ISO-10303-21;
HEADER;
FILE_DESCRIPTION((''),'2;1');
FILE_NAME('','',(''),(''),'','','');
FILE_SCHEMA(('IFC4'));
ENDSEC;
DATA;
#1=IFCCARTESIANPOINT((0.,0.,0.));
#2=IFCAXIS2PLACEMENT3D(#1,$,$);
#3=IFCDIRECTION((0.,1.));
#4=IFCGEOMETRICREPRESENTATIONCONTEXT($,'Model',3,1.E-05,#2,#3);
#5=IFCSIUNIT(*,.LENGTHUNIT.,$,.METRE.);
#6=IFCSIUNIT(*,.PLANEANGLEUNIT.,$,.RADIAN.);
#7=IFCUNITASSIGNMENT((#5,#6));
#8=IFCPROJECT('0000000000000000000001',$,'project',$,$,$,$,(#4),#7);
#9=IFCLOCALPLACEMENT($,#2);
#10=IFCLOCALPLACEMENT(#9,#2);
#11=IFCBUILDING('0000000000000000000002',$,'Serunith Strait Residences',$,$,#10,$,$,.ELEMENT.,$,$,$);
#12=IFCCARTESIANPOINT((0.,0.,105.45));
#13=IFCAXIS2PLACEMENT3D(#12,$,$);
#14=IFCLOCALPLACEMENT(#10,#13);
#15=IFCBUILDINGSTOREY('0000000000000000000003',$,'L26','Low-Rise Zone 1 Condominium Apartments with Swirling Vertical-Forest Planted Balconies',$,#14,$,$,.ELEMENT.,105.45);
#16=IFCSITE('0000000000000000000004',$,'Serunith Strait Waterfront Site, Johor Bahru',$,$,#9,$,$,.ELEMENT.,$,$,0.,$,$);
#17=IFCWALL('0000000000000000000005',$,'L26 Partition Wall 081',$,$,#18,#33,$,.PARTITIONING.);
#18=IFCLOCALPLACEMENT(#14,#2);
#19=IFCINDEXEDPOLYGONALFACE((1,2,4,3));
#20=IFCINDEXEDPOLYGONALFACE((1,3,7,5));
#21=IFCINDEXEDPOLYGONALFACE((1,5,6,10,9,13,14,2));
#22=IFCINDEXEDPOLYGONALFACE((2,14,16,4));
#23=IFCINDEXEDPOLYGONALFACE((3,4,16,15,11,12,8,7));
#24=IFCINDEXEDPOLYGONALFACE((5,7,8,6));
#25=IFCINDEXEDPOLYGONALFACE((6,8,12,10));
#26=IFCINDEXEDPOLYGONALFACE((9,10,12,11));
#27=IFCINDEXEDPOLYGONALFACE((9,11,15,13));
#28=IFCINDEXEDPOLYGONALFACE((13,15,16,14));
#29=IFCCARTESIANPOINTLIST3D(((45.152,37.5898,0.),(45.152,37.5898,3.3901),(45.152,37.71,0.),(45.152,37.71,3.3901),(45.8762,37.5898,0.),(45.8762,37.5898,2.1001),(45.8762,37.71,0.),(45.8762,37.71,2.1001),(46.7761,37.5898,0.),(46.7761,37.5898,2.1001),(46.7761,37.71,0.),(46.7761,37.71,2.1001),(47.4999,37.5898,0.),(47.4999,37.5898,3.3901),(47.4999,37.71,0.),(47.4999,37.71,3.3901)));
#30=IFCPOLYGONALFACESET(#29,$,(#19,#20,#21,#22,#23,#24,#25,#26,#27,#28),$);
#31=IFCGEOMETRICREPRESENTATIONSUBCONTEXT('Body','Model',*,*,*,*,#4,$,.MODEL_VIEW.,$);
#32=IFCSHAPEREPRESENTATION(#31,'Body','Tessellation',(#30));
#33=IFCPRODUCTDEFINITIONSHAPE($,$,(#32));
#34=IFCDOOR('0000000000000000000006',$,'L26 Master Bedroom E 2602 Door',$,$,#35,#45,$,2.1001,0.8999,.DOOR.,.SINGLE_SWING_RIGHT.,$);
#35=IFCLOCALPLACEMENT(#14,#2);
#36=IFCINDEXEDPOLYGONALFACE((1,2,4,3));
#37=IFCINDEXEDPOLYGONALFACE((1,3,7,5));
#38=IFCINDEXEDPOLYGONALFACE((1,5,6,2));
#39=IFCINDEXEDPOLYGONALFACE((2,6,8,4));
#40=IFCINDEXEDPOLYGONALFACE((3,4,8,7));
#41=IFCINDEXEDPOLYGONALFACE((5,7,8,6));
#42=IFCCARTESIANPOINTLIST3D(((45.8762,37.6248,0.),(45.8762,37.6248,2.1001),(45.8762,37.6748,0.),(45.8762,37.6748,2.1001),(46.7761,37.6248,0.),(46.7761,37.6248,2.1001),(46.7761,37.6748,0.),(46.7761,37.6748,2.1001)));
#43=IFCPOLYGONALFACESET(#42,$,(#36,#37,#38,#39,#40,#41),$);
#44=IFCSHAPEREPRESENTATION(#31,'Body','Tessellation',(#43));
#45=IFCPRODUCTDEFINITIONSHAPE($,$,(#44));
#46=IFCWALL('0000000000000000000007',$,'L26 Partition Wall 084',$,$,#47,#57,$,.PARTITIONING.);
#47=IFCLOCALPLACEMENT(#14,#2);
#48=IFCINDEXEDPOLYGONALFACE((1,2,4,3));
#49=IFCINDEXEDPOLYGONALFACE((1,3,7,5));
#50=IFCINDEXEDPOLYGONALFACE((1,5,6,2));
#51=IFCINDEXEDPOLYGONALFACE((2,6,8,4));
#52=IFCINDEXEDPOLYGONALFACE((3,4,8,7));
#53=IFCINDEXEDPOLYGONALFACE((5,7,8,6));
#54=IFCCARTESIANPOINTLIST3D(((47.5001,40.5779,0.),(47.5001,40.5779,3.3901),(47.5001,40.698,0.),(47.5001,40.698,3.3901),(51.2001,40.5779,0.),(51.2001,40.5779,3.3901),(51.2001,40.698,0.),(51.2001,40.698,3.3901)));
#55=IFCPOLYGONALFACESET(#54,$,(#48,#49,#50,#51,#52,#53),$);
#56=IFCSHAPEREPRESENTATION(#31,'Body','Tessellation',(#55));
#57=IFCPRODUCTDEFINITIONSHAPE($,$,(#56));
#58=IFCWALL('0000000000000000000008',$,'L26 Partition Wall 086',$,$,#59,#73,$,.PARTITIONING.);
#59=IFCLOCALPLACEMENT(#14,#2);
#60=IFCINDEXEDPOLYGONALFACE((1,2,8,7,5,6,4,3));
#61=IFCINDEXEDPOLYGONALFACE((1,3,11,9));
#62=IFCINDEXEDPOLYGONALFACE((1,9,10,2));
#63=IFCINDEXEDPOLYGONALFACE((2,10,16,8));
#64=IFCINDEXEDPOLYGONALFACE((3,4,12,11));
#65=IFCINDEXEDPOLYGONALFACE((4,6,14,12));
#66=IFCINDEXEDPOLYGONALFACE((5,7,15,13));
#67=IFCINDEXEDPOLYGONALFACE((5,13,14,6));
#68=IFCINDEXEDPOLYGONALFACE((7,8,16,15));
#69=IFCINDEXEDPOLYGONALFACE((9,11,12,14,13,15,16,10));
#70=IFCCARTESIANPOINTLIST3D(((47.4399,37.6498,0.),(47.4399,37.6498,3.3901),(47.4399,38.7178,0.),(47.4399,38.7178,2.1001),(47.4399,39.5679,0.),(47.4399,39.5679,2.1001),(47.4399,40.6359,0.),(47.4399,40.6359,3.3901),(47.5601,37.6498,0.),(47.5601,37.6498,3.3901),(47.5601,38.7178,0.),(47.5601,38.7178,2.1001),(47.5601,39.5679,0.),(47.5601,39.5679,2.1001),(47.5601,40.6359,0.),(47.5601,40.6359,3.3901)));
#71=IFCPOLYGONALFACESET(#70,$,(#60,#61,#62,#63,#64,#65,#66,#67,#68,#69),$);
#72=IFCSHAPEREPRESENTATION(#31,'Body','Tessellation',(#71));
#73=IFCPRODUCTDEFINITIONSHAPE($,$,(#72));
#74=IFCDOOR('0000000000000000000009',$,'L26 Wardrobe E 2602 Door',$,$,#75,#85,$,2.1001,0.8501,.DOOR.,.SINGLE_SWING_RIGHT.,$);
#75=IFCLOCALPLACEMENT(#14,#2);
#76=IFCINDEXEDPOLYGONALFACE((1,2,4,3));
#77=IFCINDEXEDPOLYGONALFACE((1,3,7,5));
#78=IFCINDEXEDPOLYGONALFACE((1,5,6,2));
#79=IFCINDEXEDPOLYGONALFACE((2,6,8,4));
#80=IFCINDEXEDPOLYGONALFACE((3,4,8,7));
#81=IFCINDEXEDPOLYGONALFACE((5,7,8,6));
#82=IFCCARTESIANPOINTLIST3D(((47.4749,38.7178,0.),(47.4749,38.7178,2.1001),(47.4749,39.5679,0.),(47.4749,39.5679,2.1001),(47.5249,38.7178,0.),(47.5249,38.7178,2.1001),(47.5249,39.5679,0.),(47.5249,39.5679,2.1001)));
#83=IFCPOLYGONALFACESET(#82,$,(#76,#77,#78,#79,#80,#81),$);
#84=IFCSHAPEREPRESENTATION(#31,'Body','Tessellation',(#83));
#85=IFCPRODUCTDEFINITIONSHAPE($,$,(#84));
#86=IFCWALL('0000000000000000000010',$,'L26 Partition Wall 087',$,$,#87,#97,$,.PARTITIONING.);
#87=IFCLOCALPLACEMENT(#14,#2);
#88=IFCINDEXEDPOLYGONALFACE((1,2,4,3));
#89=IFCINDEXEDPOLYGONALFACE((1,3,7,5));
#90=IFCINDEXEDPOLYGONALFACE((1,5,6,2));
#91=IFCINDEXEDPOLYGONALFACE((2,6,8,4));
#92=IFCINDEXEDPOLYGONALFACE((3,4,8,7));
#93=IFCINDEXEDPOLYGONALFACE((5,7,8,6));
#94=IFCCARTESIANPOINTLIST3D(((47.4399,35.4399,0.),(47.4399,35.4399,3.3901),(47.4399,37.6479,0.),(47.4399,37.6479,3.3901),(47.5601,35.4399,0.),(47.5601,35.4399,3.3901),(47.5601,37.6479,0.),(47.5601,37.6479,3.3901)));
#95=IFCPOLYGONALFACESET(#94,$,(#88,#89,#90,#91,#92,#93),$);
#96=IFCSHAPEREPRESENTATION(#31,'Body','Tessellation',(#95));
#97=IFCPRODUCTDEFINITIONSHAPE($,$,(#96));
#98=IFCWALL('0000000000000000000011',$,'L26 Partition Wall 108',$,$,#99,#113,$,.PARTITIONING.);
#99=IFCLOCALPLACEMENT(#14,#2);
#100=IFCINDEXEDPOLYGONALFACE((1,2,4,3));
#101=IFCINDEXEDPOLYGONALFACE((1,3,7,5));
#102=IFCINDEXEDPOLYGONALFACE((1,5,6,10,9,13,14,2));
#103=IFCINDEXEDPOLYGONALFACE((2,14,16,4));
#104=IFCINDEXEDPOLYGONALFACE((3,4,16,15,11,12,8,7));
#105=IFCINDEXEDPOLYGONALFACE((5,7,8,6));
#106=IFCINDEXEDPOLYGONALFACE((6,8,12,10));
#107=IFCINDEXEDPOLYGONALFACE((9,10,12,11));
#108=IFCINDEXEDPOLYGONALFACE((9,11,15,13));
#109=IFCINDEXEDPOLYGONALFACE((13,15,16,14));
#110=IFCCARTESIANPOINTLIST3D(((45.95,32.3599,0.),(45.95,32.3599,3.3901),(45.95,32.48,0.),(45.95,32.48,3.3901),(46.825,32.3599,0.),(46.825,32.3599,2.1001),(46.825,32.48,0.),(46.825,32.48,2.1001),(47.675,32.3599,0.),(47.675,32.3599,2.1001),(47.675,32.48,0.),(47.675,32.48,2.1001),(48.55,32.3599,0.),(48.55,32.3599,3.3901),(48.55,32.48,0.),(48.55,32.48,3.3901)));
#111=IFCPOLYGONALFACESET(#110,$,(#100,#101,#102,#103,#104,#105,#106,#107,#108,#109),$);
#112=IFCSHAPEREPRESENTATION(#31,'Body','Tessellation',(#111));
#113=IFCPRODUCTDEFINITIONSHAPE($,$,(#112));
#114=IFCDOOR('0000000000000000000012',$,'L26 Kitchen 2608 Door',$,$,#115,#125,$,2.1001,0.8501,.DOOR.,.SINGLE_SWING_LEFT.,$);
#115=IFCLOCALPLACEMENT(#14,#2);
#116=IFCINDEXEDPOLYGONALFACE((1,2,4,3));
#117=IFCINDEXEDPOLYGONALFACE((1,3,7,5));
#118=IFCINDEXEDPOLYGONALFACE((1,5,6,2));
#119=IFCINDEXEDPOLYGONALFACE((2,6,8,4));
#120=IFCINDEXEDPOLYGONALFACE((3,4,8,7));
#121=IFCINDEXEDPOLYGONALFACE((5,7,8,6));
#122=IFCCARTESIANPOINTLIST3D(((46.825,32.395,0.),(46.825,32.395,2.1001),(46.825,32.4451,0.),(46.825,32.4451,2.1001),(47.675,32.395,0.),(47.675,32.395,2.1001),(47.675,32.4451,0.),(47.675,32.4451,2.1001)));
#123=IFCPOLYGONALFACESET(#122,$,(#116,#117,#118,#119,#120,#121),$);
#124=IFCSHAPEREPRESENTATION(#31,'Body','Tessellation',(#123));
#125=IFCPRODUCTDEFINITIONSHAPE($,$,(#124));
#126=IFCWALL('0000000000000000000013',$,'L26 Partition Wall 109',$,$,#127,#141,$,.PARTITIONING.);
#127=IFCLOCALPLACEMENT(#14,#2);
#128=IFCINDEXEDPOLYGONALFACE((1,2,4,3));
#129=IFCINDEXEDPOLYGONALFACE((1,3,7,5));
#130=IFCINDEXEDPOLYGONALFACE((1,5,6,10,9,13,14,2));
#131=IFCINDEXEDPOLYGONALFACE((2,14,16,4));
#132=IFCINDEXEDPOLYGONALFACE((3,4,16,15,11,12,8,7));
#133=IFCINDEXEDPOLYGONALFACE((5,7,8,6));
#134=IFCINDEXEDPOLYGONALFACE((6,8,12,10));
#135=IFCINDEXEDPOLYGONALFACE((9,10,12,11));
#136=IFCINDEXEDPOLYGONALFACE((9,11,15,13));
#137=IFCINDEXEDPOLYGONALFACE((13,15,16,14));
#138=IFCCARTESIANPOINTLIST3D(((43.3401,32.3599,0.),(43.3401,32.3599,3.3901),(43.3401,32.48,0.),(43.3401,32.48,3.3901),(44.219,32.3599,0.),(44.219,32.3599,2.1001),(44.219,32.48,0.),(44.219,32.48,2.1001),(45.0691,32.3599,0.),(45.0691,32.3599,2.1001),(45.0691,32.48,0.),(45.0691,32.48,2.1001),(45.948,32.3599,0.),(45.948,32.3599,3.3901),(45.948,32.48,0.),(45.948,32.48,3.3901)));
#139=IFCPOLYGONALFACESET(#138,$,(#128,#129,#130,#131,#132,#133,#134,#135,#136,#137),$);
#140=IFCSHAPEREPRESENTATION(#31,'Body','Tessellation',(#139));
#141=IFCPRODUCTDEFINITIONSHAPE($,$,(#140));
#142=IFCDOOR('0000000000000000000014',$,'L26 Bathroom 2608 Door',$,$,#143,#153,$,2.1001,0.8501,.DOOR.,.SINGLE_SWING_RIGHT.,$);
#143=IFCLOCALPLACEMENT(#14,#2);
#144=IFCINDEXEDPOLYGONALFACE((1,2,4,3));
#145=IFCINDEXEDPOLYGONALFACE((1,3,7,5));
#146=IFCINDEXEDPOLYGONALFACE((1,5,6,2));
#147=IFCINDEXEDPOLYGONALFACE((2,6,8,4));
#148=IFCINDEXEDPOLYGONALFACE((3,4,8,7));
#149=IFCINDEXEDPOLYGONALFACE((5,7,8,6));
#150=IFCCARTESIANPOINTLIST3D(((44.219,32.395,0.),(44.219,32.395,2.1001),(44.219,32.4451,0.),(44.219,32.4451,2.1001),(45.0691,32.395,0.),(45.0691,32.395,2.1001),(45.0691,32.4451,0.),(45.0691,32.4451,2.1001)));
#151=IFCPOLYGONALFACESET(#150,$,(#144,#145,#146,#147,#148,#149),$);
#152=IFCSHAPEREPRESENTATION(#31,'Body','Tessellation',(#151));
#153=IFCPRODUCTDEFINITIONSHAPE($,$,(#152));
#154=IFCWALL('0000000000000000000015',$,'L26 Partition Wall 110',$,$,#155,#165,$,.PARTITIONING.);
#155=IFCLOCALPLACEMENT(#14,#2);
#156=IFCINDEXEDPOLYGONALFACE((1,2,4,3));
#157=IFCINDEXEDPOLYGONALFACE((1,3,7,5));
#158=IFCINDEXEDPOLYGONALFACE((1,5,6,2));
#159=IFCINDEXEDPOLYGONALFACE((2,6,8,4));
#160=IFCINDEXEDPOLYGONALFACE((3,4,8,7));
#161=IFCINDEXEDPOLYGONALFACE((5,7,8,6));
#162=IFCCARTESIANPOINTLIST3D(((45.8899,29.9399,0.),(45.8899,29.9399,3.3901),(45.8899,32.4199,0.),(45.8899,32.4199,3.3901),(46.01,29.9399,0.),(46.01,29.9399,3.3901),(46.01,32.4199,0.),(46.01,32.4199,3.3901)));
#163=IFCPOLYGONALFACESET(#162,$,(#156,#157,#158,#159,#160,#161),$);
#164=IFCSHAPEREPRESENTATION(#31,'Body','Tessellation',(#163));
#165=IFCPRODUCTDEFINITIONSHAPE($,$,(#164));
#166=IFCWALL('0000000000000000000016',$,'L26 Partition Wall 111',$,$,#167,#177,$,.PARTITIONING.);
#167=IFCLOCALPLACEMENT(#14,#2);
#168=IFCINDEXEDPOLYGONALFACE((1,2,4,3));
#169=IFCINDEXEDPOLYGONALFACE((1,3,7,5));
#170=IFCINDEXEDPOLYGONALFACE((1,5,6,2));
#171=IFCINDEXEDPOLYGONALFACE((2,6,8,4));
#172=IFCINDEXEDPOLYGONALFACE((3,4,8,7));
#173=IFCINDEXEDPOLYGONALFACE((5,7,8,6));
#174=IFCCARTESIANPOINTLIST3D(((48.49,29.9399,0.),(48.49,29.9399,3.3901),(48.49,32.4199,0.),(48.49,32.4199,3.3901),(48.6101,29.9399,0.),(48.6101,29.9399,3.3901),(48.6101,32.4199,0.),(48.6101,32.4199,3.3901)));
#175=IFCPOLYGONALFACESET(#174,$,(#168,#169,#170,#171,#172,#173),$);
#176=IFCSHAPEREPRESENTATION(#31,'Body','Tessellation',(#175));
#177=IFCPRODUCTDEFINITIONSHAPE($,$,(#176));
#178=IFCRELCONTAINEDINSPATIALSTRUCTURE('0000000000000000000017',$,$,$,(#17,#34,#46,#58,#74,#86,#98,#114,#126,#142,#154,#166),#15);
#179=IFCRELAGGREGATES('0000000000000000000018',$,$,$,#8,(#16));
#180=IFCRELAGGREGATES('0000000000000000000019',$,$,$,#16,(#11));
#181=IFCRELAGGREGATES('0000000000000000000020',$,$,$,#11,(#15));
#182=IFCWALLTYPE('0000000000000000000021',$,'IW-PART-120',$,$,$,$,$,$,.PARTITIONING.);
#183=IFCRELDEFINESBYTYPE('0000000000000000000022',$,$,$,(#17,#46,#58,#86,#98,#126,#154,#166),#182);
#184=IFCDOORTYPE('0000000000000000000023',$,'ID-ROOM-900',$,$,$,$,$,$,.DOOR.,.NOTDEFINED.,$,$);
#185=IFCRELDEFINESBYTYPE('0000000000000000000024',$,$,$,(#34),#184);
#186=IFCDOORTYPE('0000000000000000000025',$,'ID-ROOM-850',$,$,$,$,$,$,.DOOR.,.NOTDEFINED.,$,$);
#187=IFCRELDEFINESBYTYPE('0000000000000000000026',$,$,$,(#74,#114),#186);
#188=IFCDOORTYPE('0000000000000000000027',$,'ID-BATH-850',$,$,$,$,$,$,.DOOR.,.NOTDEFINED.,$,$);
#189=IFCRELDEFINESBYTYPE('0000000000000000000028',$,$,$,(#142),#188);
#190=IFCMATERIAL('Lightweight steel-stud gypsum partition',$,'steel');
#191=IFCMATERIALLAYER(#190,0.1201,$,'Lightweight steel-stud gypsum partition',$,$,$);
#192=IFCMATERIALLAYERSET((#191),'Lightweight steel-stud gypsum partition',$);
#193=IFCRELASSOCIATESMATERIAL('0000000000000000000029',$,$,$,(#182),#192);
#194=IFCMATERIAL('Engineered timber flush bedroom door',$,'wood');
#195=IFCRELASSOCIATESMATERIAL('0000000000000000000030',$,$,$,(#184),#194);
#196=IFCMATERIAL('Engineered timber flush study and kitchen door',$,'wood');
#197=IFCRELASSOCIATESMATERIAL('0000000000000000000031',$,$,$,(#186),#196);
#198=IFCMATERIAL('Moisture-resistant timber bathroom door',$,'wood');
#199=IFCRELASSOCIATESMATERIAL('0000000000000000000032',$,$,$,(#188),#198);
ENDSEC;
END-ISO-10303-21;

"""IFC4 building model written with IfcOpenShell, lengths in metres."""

from ifc_helpers import new_model, si_unit, direction, frame, frame_2d, origin, place, context, subcontext, project, spatial, rectangle, extrude, source, transform, mapped, material, layer, layer_set, type_object, element, fill, save


model = new_model("IFC4")

# Units and contexts
model_context = context("Model", 3, precision=1e-05, world=origin(), true_north=direction((0.0, 1.0)))
body_context = subcontext(model_context, "Body", "Model", "MODEL_VIEW")
ifc_project = project(units=[si_unit("LENGTHUNIT", "METRE"), si_unit("PLANEANGLEUNIT", "RADIAN")], contexts=[model_context])

# Site, building, storey
site_placement = place(None, origin())
site = spatial("IfcSite", under=ifc_project, at=site_placement, Name="Serunith Strait Waterfront Site, Johor Bahru", CompositionType="ELEMENT", RefElevation=0.0)
building_placement = place(site_placement, origin())
building = spatial("IfcBuilding", under=site, at=building_placement, Name="Serunith Strait Residences", CompositionType="ELEMENT")
storey_placement = place(building_placement, frame((0.0, 0.0, 105.45)))
storey = spatial("IfcBuildingStorey", under=building, at=storey_placement, Name="L26", Description="Low-Rise Zone 1 Condominium Apartments with Swirling Vertical-Forest Planted Balconies", CompositionType="ELEMENT", Elevation=105.45)

# Wall, opening, door
ifc_material_1 = material(Name="Lightweight steel-stud gypsum partition", Category="steel")
ifc_layer_1 = layer(ifc_material_1, 0.1201, Name="Lightweight steel-stud gypsum partition")
ifc_layer_set_1 = layer_set([ifc_layer_1], Name="Lightweight steel-stud gypsum partition")
wall_type_1 = type_object("IfcWallType", Name="IW-PART-120", PredefinedType="PARTITIONING", material=ifc_layer_set_1)
wall_1_placement = place(storey_placement, frame((45.1521, 37.6499, 0.0), z_axis=(0.0, 0.0, 1.0), x_axis=(1.0, 0.0, 0.0)))
wall_1 = element("IfcWall", 1, at=wall_1_placement, inside=storey, type_object=wall_type_1, Name="L26 Partition Wall 081", PredefinedType="PARTITIONING", context=body_context, shape_type="SweptSolid", body=[
    extrude(rectangle(XDim=2.3479, YDim=0.1201, at=frame_2d((1.1738, 0.0))), origin(), (0.0, 0.0, 1.0), 3.3901),
])
opening_1_placement = place(wall_1_placement, frame((0.7241, 0.0, 0.0)))
opening_1 = element("IfcOpeningElement", 2, at=opening_1_placement, cuts=wall_1, PredefinedType="OPENING", context=body_context, shape_type="SweptSolid", body=[
    extrude(rectangle(XDim=0.8999, YDim=2.1001, at=frame_2d((0.45, 1.05))), frame((0.0, 0.0701, 0.0), z_axis=(0.0, -1.0, 0.0), x_axis=(1.0, 0.0, 0.0)), (0.0, 0.0, 1.0), 0.1401),
])
ifc_material_2 = material(Name="Engineered timber flush bedroom door", Category="wood")
door_type_1 = type_object("IfcDoorType", Name="ID-ROOM-900", OperationType="NOTDEFINED", PredefinedType="DOOR", material=ifc_material_2)
shared_shape_1 = source(origin(), body_context, "Body", "SweptSolid", [
    extrude(rectangle(XDim=0.8999, YDim=2.1001, at=frame_2d((0.45, 1.05))), frame((0.0, 0.0249, 0.0), z_axis=(0.0, -1.0, 0.0), x_axis=(1.0, 0.0, 0.0)), (0.0, 0.0, 1.0), 0.05),
])
door_1_placement = place(opening_1_placement, origin())
door_1 = element("IfcDoor", 3, at=door_1_placement, inside=storey, type_object=door_type_1, Name="L26 Master Bedroom E 2602 Door", OperationType="SINGLE_SWING_RIGHT", OverallHeight=2.1001, OverallWidth=0.8999, PredefinedType="DOOR", context=body_context, shape_type="MappedRepresentation", body=[
    mapped(shared_shape_1, transform((0.0, 0.0, 0.0), scale=1.0)),
])
fill(opening_1, door_1)

# Wall
wall_2_placement = place(storey_placement, frame((47.5, 40.6379, 0.0), z_axis=(0.0, 0.0, 1.0), x_axis=(1.0, 0.0, 0.0)))
element("IfcWall", 4, at=wall_2_placement, inside=storey, type_object=wall_type_1, Name="L26 Partition Wall 084", PredefinedType="PARTITIONING", context=body_context, shape_type="SweptSolid", body=[
    extrude(rectangle(XDim=3.7, YDim=0.1201, at=frame_2d((1.8501, 0.0))), origin(), (0.0, 0.0, 1.0), 3.3901),
])

# Wall, opening, door
wall_3_placement = place(storey_placement, frame((47.5, 40.636, 0.0), z_axis=(0.0, 0.0, 1.0), x_axis=(0.0, -1.0, 0.0)))
wall_3 = element("IfcWall", 5, at=wall_3_placement, inside=storey, type_object=wall_type_1, Name="L26 Partition Wall 086", PredefinedType="PARTITIONING", context=body_context, shape_type="SweptSolid", body=[
    extrude(rectangle(XDim=2.9861, YDim=0.1201, at=frame_2d((1.4932, 0.0))), origin(), (0.0, 0.0, 1.0), 3.3901),
])
opening_2_placement = place(wall_3_placement, frame((1.0681, 0.0, 0.0)))
opening_2 = element("IfcOpeningElement", 6, at=opening_2_placement, cuts=wall_3, PredefinedType="OPENING", context=body_context, shape_type="SweptSolid", body=[
    extrude(rectangle(XDim=0.8501, YDim=2.1001, at=frame_2d((0.425, 1.05))), frame((0.0, 0.0701, 0.0), z_axis=(0.0, -1.0, 0.0), x_axis=(1.0, 0.0, 0.0)), (0.0, 0.0, 1.0), 0.1401),
])
ifc_material_3 = material(Name="Engineered timber flush study and kitchen door", Category="wood")
door_type_2 = type_object("IfcDoorType", Name="ID-ROOM-850", OperationType="NOTDEFINED", PredefinedType="DOOR", material=ifc_material_3)
shared_shape_2 = source(origin(), body_context, "Body", "SweptSolid", [
    extrude(rectangle(XDim=0.8501, YDim=2.1001, at=frame_2d((0.425, 1.05))), frame((0.0, 0.0249, 0.0), z_axis=(0.0, -1.0, 0.0), x_axis=(1.0, 0.0, 0.0)), (0.0, 0.0, 1.0), 0.05),
])
door_2_placement = place(opening_2_placement, origin())
door_2 = element("IfcDoor", 7, at=door_2_placement, inside=storey, type_object=door_type_2, Name="L26 Wardrobe E 2602 Door", OperationType="SINGLE_SWING_RIGHT", OverallHeight=2.1001, OverallWidth=0.8501, PredefinedType="DOOR", context=body_context, shape_type="MappedRepresentation", body=[
    mapped(shared_shape_2, transform((0.0, 0.0, 0.0), scale=1.0)),
])
fill(opening_2, door_2)

# Wall
wall_4_placement = place(storey_placement, frame((47.5, 37.6479, 0.0), z_axis=(0.0, 0.0, 1.0), x_axis=(0.0, -1.0, 0.0)))
element("IfcWall", 8, at=wall_4_placement, inside=storey, type_object=wall_type_1, Name="L26 Partition Wall 087", PredefinedType="PARTITIONING", context=body_context, shape_type="SweptSolid", body=[
    extrude(rectangle(XDim=2.208, YDim=0.1201, at=frame_2d((1.104, 0.0))), origin(), (0.0, 0.0, 1.0), 3.3901),
])

# Walls, openings, doors
wall_5_placement = place(storey_placement, frame((48.55, 32.4199, 0.0), z_axis=(0.0, 0.0, 1.0), x_axis=(-1.0, 0.0, 0.0)))
wall_5 = element("IfcWall", 9, at=wall_5_placement, inside=storey, type_object=wall_type_1, Name="L26 Partition Wall 108", PredefinedType="PARTITIONING", context=body_context, shape_type="SweptSolid", body=[
    extrude(rectangle(XDim=2.6001, YDim=0.1201, at=frame_2d((1.3, 0.0))), origin(), (0.0, 0.0, 1.0), 3.3901),
])
opening_3_placement = place(wall_5_placement, frame((0.875, 0.0, 0.0)))
opening_3 = element("IfcOpeningElement", 10, at=opening_3_placement, cuts=wall_5, PredefinedType="OPENING", context=body_context, shape_type="SweptSolid", body=[
    extrude(rectangle(XDim=0.8501, YDim=2.1001, at=frame_2d((0.425, 1.05))), frame((0.0, 0.0701, 0.0), z_axis=(0.0, -1.0, 0.0), x_axis=(1.0, 0.0, 0.0)), (0.0, 0.0, 1.0), 0.1401),
])
door_3_placement = place(opening_3_placement, origin())
door_3 = element("IfcDoor", 11, at=door_3_placement, inside=storey, type_object=door_type_2, Name="L26 Kitchen 2608 Door", OperationType="SINGLE_SWING_LEFT", OverallHeight=2.1001, OverallWidth=0.8501, PredefinedType="DOOR", context=body_context, shape_type="MappedRepresentation", body=[
    mapped(shared_shape_2, transform((0.0, 0.0, 0.0), scale=1.0)),
])
fill(opening_3, door_3)
wall_6_placement = place(storey_placement, frame((45.948, 32.4199, 0.0), z_axis=(0.0, 0.0, 1.0), x_axis=(-1.0, 0.0, 0.0)))
wall_6 = element("IfcWall", 12, at=wall_6_placement, inside=storey, type_object=wall_type_1, Name="L26 Partition Wall 109", PredefinedType="PARTITIONING", context=body_context, shape_type="SweptSolid", body=[
    extrude(rectangle(XDim=2.6079, YDim=0.1201, at=frame_2d((1.304, 0.0))), origin(), (0.0, 0.0, 1.0), 3.3901),
])
opening_4_placement = place(wall_6_placement, frame((0.8789, 0.0, 0.0)))
opening_4 = element("IfcOpeningElement", 13, at=opening_4_placement, cuts=wall_6, PredefinedType="OPENING", context=body_context, shape_type="SweptSolid", body=[
    extrude(rectangle(XDim=0.8501, YDim=2.1001, at=frame_2d((0.425, 1.05))), frame((0.0, 0.0701, 0.0), z_axis=(0.0, -1.0, 0.0), x_axis=(1.0, 0.0, 0.0)), (0.0, 0.0, 1.0), 0.1401),
])
ifc_material_4 = material(Name="Moisture-resistant timber bathroom door", Category="wood")
door_type_3 = type_object("IfcDoorType", Name="ID-BATH-850", OperationType="NOTDEFINED", PredefinedType="DOOR", material=ifc_material_4)
door_4_placement = place(opening_4_placement, origin())
door_4 = element("IfcDoor", 14, at=door_4_placement, inside=storey, type_object=door_type_3, Name="L26 Bathroom 2608 Door", OperationType="SINGLE_SWING_RIGHT", OverallHeight=2.1001, OverallWidth=0.8501, PredefinedType="DOOR", context=body_context, shape_type="MappedRepresentation", body=[
    mapped(shared_shape_2, transform((0.0, 0.0, 0.0), scale=1.0)),
])
fill(opening_4, door_4)

# Walls
for number, where, z_axis, x_axis, name in (
    (15, (45.95, 29.9399, 0.0), (0.0, 0.0, 1.0), (0.0, 1.0, 0.0), "L26 Partition Wall 110"),
    (16, (48.55, 29.9399, 0.0), (0.0, 0.0, 1.0), (0.0, 1.0, 0.0), "L26 Partition Wall 111"),
):
    element("IfcWall", number, at=place(storey_placement, frame(where, z_axis=z_axis, x_axis=x_axis)), inside=storey, type_object=wall_type_1, Name=name, PredefinedType="PARTITIONING", context=body_context, shape_type="SweptSolid", body=[
        extrude(rectangle(XDim=2.48, YDim=0.1201, at=frame_2d((1.24, 0.0))), origin(), (0.0, 0.0, 1.0), 3.3901),
    ])

save(model, "model.ifc")
